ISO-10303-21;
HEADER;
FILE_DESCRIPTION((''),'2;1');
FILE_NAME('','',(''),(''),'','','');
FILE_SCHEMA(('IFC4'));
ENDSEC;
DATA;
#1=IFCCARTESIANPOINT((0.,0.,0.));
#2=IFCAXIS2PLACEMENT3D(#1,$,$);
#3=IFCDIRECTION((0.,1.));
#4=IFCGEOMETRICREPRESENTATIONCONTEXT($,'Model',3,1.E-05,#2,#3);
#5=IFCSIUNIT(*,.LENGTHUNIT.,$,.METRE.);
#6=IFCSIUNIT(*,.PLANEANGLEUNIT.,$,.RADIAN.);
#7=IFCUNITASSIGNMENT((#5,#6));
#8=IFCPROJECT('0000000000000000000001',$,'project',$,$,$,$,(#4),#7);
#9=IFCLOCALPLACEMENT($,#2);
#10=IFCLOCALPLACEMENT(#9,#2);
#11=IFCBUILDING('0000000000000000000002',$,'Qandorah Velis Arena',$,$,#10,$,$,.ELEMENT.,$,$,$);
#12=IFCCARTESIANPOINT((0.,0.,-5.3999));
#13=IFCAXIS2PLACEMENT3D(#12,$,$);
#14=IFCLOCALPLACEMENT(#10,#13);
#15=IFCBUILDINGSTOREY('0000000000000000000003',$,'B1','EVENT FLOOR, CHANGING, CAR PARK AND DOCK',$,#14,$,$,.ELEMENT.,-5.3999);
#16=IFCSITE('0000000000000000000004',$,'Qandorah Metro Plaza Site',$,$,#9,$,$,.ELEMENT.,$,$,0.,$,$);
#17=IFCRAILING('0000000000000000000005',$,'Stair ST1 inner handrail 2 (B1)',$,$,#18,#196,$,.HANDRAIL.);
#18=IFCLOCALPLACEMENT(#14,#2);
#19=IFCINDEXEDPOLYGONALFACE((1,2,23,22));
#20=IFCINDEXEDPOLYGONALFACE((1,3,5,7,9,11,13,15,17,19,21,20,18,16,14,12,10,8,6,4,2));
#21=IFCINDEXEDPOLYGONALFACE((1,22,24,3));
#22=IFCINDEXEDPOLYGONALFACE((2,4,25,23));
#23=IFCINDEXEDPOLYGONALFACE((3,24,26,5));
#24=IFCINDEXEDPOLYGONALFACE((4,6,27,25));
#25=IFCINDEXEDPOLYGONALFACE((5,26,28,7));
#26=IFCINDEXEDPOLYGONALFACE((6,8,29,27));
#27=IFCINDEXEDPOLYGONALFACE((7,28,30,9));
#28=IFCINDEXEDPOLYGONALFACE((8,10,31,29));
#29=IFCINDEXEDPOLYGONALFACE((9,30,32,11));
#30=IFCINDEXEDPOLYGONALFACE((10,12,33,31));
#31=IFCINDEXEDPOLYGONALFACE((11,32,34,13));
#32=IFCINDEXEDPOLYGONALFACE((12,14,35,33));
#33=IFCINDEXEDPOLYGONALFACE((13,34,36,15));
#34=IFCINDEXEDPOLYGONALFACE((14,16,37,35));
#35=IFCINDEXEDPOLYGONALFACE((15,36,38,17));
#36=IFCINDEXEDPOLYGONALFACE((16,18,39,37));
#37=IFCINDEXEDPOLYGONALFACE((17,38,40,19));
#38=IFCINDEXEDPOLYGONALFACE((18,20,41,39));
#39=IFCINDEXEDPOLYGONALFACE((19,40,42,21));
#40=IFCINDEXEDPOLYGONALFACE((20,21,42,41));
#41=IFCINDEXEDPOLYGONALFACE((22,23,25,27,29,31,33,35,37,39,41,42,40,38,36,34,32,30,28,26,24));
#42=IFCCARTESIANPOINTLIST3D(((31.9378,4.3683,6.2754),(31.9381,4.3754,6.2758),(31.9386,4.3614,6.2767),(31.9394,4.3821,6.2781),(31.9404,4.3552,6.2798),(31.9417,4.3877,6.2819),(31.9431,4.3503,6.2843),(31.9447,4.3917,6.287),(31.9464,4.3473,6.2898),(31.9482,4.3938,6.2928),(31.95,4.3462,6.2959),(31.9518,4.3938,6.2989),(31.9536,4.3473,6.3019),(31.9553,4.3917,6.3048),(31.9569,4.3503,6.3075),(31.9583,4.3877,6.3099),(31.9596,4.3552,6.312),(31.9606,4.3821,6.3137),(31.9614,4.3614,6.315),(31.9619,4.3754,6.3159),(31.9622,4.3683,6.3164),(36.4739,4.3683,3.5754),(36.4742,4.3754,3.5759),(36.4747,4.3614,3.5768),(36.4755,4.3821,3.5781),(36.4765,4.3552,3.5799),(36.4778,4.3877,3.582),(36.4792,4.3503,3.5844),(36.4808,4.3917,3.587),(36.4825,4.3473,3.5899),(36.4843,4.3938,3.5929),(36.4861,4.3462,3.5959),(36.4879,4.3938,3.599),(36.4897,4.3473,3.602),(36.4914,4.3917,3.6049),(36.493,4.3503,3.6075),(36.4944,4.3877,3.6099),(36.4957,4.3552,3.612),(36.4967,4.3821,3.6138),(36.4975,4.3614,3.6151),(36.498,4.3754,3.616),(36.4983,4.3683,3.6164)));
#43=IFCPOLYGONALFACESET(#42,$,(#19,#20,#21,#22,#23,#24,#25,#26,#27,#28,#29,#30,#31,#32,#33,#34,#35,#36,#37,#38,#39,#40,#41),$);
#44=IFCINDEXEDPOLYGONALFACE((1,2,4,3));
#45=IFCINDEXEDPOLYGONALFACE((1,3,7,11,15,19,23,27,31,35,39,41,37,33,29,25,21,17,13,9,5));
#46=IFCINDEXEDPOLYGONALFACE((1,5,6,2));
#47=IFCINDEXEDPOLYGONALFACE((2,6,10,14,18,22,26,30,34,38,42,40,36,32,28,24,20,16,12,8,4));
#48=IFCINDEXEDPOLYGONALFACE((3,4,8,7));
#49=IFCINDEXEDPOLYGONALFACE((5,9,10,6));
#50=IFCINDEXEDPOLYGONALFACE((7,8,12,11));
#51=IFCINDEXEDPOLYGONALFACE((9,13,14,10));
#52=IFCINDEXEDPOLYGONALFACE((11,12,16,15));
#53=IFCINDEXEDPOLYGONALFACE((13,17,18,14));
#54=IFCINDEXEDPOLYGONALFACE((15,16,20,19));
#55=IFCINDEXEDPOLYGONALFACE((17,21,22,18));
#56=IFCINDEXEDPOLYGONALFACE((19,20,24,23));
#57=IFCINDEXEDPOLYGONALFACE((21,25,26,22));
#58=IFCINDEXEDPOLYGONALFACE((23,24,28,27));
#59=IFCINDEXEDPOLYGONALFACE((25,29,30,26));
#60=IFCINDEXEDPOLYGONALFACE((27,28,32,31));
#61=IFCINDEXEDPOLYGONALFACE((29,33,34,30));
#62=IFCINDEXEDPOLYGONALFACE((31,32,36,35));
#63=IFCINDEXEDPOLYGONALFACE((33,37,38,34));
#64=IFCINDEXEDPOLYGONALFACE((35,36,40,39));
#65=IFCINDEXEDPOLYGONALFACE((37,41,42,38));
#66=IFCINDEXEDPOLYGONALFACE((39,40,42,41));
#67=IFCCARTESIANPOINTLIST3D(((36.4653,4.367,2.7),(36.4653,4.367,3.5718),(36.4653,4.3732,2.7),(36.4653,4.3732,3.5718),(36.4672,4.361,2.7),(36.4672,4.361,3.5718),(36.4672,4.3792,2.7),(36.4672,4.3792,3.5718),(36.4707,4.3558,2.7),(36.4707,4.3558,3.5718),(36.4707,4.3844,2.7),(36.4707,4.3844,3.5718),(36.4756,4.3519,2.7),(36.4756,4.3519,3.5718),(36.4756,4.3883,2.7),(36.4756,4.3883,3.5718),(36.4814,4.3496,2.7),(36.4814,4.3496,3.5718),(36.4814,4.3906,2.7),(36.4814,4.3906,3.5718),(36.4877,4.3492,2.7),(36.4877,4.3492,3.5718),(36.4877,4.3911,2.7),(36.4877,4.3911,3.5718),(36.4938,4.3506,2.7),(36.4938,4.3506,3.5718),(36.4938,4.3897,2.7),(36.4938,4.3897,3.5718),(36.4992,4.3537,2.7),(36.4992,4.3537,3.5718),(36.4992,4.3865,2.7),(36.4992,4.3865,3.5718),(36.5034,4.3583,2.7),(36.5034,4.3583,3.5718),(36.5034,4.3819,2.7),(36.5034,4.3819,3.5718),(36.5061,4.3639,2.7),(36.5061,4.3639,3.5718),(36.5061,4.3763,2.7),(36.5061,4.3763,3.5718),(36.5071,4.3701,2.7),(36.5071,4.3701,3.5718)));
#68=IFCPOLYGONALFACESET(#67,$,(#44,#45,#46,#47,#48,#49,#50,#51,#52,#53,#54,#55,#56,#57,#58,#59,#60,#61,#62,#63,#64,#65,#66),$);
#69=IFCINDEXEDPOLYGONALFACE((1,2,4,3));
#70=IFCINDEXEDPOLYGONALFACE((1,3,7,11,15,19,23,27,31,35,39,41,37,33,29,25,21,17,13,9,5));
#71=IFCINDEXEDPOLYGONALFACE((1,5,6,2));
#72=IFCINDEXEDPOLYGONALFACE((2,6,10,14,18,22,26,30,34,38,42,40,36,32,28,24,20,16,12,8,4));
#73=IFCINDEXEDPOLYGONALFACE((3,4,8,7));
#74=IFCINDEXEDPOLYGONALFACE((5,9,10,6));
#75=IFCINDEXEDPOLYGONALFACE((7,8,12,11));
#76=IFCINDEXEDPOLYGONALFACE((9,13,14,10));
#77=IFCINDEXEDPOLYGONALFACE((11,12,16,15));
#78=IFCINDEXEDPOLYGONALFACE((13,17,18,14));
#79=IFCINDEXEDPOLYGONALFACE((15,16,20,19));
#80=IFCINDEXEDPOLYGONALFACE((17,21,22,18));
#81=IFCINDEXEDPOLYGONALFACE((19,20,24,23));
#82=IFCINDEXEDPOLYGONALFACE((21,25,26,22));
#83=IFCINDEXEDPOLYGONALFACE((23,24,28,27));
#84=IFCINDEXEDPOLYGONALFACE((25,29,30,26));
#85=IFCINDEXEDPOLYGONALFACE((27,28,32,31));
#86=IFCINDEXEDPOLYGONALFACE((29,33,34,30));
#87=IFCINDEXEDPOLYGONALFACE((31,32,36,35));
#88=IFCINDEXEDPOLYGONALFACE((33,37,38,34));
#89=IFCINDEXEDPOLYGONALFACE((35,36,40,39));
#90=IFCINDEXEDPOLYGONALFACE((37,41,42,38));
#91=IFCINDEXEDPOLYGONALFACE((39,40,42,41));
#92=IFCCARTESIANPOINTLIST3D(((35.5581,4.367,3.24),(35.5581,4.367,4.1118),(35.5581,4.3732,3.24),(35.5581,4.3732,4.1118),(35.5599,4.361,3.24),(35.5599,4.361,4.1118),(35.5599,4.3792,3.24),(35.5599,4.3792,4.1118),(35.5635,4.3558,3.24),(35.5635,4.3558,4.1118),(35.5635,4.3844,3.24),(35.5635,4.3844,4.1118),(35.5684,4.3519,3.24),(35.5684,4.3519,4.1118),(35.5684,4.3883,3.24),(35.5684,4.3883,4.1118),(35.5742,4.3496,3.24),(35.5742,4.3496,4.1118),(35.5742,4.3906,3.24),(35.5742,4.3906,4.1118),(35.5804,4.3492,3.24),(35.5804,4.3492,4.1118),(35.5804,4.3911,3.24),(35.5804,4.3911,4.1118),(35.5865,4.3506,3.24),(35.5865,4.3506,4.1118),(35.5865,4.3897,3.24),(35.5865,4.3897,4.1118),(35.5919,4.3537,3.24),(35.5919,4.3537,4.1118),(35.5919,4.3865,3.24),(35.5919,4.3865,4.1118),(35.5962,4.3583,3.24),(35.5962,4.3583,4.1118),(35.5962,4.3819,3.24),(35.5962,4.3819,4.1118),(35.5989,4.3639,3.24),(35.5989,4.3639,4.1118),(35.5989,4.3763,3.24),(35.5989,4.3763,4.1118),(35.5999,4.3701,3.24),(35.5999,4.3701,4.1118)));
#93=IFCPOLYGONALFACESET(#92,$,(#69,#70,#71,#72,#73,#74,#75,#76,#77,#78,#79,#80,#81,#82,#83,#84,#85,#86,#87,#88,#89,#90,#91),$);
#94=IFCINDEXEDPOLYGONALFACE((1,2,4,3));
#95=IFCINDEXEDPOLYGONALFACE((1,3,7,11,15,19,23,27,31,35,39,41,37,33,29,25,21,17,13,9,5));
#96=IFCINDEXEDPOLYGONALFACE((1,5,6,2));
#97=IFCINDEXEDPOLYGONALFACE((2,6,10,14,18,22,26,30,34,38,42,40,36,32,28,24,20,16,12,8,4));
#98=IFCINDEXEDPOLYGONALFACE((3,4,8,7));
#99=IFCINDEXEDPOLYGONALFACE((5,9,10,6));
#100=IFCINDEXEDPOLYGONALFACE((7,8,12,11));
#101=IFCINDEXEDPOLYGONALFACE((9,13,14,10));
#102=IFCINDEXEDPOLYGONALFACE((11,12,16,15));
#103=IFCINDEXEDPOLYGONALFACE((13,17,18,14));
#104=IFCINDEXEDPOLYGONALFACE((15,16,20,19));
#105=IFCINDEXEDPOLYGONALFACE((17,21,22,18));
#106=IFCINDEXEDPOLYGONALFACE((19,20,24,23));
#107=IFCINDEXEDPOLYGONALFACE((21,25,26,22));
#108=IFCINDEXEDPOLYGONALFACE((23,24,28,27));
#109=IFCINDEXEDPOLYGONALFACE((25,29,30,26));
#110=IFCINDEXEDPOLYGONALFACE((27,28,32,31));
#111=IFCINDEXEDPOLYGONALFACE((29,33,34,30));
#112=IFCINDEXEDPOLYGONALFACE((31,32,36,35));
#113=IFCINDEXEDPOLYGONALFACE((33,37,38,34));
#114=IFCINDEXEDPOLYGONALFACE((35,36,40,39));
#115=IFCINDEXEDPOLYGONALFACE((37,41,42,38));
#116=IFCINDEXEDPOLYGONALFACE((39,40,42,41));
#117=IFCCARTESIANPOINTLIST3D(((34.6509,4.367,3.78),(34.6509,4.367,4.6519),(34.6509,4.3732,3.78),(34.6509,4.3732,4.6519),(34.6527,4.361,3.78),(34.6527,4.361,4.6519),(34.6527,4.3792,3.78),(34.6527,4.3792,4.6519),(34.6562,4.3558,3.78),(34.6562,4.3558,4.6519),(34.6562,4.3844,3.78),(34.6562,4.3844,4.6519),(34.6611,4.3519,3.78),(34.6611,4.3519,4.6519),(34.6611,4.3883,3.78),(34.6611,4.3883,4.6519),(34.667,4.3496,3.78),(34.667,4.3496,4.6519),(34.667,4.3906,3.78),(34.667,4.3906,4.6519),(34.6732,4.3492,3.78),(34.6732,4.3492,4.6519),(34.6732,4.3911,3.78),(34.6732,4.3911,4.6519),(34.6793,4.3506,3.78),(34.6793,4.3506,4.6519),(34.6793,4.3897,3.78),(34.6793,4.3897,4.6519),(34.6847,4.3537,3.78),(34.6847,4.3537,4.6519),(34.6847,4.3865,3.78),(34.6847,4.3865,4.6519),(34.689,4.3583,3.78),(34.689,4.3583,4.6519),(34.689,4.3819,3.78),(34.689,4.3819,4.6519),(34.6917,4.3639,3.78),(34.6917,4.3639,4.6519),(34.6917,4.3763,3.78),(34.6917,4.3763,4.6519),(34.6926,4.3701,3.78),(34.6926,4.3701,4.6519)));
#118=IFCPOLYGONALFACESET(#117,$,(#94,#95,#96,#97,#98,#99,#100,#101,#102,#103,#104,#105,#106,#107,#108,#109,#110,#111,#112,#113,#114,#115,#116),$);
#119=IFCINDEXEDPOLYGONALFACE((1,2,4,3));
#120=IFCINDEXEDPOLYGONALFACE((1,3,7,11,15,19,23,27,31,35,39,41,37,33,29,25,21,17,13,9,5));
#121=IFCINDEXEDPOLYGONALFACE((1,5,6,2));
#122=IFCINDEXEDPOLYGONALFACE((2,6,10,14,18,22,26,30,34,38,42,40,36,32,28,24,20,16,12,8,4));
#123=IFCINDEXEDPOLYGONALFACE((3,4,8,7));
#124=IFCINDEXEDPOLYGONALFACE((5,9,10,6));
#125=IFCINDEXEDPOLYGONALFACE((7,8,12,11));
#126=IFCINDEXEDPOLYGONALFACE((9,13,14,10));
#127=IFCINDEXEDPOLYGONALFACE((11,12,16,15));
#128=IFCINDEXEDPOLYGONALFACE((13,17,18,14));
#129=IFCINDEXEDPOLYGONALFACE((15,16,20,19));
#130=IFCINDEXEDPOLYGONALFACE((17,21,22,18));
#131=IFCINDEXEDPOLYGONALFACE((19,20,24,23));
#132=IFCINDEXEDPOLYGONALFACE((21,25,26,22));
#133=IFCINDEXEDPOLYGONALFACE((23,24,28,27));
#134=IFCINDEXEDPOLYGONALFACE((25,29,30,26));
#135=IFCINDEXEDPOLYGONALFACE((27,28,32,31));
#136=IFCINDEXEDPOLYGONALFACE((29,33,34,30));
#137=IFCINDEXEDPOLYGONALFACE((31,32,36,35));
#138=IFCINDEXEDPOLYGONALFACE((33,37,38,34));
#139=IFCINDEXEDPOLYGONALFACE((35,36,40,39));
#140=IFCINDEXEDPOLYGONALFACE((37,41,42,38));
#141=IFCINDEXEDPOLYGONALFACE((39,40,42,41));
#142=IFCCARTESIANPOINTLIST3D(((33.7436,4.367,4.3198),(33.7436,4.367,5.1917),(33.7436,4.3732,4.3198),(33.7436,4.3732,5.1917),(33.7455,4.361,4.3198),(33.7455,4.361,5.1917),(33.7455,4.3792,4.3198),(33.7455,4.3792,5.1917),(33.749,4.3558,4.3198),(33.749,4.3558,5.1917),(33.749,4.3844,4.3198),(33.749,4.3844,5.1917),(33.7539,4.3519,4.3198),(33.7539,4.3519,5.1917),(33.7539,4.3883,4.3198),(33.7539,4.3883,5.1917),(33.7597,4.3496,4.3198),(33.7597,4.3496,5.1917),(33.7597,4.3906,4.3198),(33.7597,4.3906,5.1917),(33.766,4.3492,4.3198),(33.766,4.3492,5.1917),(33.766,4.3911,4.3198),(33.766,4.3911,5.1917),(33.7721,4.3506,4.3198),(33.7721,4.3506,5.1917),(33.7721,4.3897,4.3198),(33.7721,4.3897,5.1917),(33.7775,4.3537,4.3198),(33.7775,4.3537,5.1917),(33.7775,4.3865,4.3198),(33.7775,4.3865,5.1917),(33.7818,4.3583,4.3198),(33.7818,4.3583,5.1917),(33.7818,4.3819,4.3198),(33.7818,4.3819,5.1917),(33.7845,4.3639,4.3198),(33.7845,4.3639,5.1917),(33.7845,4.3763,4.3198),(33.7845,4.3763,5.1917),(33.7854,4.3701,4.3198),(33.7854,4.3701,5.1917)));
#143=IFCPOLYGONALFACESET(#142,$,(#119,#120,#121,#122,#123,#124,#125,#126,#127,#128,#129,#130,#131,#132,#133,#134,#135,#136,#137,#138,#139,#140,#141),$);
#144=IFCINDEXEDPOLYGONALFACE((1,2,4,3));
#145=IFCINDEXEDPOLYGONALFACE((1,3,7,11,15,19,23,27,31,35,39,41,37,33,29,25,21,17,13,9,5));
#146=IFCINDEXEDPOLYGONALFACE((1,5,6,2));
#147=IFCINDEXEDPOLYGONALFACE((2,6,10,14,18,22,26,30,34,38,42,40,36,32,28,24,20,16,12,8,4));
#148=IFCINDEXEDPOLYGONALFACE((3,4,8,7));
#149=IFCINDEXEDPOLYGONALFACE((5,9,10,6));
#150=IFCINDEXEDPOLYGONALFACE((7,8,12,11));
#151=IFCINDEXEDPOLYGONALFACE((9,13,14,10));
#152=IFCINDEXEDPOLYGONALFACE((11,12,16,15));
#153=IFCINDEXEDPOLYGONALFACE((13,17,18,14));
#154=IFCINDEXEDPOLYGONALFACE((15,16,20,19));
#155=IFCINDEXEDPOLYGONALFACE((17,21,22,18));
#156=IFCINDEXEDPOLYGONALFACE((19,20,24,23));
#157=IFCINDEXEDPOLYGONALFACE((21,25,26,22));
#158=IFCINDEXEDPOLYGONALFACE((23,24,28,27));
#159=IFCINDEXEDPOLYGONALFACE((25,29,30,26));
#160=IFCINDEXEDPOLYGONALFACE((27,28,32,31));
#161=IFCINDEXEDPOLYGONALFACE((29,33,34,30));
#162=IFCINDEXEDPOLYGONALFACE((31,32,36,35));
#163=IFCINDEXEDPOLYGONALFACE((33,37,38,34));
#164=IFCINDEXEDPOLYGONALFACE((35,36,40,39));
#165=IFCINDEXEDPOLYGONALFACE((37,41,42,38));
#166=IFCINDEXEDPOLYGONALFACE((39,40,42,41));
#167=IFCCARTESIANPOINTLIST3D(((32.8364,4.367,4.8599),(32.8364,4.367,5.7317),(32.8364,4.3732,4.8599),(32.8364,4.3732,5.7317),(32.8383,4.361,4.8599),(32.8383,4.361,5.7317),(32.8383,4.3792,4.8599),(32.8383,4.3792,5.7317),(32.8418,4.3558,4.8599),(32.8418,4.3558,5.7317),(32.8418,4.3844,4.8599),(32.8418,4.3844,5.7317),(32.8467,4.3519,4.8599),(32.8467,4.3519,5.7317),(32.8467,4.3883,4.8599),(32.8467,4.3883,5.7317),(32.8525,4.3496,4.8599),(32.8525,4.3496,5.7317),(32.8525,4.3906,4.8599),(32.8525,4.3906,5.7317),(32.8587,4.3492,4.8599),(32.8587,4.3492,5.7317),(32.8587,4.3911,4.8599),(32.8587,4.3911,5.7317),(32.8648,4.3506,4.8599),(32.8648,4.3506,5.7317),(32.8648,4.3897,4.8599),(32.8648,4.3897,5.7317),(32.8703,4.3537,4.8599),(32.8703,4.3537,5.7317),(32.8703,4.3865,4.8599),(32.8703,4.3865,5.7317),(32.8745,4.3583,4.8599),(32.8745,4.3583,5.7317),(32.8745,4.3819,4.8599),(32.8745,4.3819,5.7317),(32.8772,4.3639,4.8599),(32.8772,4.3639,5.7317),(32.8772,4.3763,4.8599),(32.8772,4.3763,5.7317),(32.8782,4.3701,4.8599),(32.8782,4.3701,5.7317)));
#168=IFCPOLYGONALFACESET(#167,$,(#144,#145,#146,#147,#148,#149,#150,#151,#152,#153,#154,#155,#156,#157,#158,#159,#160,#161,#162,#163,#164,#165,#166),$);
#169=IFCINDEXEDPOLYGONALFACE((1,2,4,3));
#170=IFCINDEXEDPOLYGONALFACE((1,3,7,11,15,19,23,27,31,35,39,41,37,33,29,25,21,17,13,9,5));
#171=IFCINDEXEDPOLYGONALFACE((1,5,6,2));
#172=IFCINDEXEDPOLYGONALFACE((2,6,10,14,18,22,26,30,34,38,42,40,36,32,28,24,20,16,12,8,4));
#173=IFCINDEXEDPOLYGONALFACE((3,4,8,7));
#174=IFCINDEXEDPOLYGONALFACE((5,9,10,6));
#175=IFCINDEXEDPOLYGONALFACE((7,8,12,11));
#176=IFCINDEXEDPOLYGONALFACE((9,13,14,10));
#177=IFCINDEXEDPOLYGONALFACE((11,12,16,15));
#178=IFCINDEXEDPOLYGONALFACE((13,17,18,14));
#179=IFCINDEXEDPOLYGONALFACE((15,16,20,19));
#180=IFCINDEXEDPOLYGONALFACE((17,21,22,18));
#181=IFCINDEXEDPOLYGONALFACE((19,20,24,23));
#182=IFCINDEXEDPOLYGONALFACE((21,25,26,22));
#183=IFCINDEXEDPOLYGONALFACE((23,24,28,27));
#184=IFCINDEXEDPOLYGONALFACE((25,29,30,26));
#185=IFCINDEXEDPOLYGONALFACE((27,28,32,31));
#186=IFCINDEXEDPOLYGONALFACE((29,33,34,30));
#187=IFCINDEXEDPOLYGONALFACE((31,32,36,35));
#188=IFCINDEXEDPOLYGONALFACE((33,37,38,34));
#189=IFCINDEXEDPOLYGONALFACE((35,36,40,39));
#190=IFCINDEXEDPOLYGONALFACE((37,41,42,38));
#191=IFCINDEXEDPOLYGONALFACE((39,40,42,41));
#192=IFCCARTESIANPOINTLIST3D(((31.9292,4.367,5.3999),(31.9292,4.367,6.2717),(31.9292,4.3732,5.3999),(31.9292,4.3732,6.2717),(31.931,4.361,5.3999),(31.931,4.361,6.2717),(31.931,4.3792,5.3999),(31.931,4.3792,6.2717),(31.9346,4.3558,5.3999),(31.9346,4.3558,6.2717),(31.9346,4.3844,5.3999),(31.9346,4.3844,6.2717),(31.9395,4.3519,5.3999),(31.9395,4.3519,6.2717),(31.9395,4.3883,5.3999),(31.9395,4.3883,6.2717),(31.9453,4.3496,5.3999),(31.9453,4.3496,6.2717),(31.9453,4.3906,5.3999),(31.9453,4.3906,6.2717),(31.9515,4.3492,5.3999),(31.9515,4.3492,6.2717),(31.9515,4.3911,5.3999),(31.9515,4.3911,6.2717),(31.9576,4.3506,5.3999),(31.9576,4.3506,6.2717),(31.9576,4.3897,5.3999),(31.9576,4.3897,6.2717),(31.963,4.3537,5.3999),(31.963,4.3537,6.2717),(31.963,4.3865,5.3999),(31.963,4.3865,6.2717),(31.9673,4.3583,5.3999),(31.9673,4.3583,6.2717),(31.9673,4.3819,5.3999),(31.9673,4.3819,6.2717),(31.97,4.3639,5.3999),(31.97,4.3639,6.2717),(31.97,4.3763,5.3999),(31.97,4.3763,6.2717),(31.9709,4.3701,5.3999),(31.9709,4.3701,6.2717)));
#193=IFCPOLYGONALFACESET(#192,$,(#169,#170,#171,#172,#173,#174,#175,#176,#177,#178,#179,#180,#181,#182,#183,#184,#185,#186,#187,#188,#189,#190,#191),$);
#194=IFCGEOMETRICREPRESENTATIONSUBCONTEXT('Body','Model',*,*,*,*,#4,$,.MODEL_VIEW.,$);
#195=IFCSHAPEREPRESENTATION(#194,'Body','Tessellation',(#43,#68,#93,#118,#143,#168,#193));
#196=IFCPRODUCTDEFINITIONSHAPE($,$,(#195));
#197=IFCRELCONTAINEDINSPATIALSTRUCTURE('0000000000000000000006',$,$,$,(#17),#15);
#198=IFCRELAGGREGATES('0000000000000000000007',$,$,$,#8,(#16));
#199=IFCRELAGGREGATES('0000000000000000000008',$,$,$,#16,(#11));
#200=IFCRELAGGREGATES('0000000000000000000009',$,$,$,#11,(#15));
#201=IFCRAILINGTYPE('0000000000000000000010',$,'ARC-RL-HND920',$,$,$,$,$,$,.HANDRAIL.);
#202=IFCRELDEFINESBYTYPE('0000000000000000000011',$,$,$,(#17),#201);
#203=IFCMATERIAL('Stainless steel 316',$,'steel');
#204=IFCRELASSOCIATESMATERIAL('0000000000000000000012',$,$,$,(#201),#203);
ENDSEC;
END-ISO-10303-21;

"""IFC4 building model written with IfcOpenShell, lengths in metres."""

from ifc_helpers import new_model, si_unit, direction, frame, origin, origin_2d, place, context, subcontext, project, spatial, circle, extrude, material, type_object, element, save


model = new_model("IFC4")

# Units and contexts
model_context = context("Model", 3, precision=1e-05, world=origin(), true_north=direction((0.0, 1.0)))
body_context = subcontext(model_context, "Body", "Model", "MODEL_VIEW")
ifc_project = project(units=[si_unit("LENGTHUNIT", "METRE"), si_unit("PLANEANGLEUNIT", "RADIAN")], contexts=[model_context])

# Site, building, storey
site_placement = place(None, origin())
site = spatial("IfcSite", under=ifc_project, at=site_placement, Name="Qandorah Metro Plaza Site", CompositionType="ELEMENT", RefElevation=0.0)
building_placement = place(site_placement, origin())
building = spatial("IfcBuilding", under=site, at=building_placement, Name="Qandorah Velis Arena", CompositionType="ELEMENT")
storey_placement = place(building_placement, frame((0.0, 0.0, -5.3999)))
storey = spatial("IfcBuildingStorey", under=building, at=storey_placement, Name="B1", Description="EVENT FLOOR, CHANGING, CAR PARK AND DOCK", CompositionType="ELEMENT", Elevation=-5.3999)

# Railing
ifc_material_1 = material(Name="Stainless steel 316", Category="steel")
railing_type_1 = type_object("IfcRailingType", Name="ARC-RL-HND920", PredefinedType="HANDRAIL", material=ifc_material_1)
railing_1_placement = place(storey_placement, frame((36.4861, 4.3701, 2.7)))
element("IfcRailing", 1, at=railing_1_placement, inside=storey, type_object=railing_type_1, Name="Stair ST1 inner handrail 2 (B1)", PredefinedType="HANDRAIL", context=body_context, shape_type="SweptSolid", body=[
    extrude(circle(Radius=0.0239, at=origin_2d()), frame((0.0, 0.0, 0.896), z_axis=(-0.859304, 0.0, 0.511466), x_axis=(0.0, -1.0, 0.0)), (0.0, 0.0, 1.0), 5.2788),
    extrude(circle(Radius=0.021, at=origin_2d()), origin(), (0.0, 0.0, 1.0), 0.8718),
    extrude(circle(Radius=0.021, at=origin_2d()), frame((-0.9072, 0.0, 0.54)), (0.0, 0.0, 1.0), 0.8718),
    extrude(circle(Radius=0.021, at=origin_2d()), frame((-1.8145, 0.0, 1.0801)), (0.0, 0.0, 1.0), 0.8718),
    extrude(circle(Radius=0.021, at=origin_2d()), frame((-2.7217, 0.0, 1.6199)), (0.0, 0.0, 1.0), 0.8718),
    extrude(circle(Radius=0.021, at=origin_2d()), frame((-3.6289, 0.0, 2.1599)), (0.0, 0.0, 1.0), 0.8718),
    extrude(circle(Radius=0.021, at=origin_2d()), frame((-4.5361, 0.0, 2.7)), (0.0, 0.0, 1.0), 0.8718),
])

save(model, "model.ifc")
